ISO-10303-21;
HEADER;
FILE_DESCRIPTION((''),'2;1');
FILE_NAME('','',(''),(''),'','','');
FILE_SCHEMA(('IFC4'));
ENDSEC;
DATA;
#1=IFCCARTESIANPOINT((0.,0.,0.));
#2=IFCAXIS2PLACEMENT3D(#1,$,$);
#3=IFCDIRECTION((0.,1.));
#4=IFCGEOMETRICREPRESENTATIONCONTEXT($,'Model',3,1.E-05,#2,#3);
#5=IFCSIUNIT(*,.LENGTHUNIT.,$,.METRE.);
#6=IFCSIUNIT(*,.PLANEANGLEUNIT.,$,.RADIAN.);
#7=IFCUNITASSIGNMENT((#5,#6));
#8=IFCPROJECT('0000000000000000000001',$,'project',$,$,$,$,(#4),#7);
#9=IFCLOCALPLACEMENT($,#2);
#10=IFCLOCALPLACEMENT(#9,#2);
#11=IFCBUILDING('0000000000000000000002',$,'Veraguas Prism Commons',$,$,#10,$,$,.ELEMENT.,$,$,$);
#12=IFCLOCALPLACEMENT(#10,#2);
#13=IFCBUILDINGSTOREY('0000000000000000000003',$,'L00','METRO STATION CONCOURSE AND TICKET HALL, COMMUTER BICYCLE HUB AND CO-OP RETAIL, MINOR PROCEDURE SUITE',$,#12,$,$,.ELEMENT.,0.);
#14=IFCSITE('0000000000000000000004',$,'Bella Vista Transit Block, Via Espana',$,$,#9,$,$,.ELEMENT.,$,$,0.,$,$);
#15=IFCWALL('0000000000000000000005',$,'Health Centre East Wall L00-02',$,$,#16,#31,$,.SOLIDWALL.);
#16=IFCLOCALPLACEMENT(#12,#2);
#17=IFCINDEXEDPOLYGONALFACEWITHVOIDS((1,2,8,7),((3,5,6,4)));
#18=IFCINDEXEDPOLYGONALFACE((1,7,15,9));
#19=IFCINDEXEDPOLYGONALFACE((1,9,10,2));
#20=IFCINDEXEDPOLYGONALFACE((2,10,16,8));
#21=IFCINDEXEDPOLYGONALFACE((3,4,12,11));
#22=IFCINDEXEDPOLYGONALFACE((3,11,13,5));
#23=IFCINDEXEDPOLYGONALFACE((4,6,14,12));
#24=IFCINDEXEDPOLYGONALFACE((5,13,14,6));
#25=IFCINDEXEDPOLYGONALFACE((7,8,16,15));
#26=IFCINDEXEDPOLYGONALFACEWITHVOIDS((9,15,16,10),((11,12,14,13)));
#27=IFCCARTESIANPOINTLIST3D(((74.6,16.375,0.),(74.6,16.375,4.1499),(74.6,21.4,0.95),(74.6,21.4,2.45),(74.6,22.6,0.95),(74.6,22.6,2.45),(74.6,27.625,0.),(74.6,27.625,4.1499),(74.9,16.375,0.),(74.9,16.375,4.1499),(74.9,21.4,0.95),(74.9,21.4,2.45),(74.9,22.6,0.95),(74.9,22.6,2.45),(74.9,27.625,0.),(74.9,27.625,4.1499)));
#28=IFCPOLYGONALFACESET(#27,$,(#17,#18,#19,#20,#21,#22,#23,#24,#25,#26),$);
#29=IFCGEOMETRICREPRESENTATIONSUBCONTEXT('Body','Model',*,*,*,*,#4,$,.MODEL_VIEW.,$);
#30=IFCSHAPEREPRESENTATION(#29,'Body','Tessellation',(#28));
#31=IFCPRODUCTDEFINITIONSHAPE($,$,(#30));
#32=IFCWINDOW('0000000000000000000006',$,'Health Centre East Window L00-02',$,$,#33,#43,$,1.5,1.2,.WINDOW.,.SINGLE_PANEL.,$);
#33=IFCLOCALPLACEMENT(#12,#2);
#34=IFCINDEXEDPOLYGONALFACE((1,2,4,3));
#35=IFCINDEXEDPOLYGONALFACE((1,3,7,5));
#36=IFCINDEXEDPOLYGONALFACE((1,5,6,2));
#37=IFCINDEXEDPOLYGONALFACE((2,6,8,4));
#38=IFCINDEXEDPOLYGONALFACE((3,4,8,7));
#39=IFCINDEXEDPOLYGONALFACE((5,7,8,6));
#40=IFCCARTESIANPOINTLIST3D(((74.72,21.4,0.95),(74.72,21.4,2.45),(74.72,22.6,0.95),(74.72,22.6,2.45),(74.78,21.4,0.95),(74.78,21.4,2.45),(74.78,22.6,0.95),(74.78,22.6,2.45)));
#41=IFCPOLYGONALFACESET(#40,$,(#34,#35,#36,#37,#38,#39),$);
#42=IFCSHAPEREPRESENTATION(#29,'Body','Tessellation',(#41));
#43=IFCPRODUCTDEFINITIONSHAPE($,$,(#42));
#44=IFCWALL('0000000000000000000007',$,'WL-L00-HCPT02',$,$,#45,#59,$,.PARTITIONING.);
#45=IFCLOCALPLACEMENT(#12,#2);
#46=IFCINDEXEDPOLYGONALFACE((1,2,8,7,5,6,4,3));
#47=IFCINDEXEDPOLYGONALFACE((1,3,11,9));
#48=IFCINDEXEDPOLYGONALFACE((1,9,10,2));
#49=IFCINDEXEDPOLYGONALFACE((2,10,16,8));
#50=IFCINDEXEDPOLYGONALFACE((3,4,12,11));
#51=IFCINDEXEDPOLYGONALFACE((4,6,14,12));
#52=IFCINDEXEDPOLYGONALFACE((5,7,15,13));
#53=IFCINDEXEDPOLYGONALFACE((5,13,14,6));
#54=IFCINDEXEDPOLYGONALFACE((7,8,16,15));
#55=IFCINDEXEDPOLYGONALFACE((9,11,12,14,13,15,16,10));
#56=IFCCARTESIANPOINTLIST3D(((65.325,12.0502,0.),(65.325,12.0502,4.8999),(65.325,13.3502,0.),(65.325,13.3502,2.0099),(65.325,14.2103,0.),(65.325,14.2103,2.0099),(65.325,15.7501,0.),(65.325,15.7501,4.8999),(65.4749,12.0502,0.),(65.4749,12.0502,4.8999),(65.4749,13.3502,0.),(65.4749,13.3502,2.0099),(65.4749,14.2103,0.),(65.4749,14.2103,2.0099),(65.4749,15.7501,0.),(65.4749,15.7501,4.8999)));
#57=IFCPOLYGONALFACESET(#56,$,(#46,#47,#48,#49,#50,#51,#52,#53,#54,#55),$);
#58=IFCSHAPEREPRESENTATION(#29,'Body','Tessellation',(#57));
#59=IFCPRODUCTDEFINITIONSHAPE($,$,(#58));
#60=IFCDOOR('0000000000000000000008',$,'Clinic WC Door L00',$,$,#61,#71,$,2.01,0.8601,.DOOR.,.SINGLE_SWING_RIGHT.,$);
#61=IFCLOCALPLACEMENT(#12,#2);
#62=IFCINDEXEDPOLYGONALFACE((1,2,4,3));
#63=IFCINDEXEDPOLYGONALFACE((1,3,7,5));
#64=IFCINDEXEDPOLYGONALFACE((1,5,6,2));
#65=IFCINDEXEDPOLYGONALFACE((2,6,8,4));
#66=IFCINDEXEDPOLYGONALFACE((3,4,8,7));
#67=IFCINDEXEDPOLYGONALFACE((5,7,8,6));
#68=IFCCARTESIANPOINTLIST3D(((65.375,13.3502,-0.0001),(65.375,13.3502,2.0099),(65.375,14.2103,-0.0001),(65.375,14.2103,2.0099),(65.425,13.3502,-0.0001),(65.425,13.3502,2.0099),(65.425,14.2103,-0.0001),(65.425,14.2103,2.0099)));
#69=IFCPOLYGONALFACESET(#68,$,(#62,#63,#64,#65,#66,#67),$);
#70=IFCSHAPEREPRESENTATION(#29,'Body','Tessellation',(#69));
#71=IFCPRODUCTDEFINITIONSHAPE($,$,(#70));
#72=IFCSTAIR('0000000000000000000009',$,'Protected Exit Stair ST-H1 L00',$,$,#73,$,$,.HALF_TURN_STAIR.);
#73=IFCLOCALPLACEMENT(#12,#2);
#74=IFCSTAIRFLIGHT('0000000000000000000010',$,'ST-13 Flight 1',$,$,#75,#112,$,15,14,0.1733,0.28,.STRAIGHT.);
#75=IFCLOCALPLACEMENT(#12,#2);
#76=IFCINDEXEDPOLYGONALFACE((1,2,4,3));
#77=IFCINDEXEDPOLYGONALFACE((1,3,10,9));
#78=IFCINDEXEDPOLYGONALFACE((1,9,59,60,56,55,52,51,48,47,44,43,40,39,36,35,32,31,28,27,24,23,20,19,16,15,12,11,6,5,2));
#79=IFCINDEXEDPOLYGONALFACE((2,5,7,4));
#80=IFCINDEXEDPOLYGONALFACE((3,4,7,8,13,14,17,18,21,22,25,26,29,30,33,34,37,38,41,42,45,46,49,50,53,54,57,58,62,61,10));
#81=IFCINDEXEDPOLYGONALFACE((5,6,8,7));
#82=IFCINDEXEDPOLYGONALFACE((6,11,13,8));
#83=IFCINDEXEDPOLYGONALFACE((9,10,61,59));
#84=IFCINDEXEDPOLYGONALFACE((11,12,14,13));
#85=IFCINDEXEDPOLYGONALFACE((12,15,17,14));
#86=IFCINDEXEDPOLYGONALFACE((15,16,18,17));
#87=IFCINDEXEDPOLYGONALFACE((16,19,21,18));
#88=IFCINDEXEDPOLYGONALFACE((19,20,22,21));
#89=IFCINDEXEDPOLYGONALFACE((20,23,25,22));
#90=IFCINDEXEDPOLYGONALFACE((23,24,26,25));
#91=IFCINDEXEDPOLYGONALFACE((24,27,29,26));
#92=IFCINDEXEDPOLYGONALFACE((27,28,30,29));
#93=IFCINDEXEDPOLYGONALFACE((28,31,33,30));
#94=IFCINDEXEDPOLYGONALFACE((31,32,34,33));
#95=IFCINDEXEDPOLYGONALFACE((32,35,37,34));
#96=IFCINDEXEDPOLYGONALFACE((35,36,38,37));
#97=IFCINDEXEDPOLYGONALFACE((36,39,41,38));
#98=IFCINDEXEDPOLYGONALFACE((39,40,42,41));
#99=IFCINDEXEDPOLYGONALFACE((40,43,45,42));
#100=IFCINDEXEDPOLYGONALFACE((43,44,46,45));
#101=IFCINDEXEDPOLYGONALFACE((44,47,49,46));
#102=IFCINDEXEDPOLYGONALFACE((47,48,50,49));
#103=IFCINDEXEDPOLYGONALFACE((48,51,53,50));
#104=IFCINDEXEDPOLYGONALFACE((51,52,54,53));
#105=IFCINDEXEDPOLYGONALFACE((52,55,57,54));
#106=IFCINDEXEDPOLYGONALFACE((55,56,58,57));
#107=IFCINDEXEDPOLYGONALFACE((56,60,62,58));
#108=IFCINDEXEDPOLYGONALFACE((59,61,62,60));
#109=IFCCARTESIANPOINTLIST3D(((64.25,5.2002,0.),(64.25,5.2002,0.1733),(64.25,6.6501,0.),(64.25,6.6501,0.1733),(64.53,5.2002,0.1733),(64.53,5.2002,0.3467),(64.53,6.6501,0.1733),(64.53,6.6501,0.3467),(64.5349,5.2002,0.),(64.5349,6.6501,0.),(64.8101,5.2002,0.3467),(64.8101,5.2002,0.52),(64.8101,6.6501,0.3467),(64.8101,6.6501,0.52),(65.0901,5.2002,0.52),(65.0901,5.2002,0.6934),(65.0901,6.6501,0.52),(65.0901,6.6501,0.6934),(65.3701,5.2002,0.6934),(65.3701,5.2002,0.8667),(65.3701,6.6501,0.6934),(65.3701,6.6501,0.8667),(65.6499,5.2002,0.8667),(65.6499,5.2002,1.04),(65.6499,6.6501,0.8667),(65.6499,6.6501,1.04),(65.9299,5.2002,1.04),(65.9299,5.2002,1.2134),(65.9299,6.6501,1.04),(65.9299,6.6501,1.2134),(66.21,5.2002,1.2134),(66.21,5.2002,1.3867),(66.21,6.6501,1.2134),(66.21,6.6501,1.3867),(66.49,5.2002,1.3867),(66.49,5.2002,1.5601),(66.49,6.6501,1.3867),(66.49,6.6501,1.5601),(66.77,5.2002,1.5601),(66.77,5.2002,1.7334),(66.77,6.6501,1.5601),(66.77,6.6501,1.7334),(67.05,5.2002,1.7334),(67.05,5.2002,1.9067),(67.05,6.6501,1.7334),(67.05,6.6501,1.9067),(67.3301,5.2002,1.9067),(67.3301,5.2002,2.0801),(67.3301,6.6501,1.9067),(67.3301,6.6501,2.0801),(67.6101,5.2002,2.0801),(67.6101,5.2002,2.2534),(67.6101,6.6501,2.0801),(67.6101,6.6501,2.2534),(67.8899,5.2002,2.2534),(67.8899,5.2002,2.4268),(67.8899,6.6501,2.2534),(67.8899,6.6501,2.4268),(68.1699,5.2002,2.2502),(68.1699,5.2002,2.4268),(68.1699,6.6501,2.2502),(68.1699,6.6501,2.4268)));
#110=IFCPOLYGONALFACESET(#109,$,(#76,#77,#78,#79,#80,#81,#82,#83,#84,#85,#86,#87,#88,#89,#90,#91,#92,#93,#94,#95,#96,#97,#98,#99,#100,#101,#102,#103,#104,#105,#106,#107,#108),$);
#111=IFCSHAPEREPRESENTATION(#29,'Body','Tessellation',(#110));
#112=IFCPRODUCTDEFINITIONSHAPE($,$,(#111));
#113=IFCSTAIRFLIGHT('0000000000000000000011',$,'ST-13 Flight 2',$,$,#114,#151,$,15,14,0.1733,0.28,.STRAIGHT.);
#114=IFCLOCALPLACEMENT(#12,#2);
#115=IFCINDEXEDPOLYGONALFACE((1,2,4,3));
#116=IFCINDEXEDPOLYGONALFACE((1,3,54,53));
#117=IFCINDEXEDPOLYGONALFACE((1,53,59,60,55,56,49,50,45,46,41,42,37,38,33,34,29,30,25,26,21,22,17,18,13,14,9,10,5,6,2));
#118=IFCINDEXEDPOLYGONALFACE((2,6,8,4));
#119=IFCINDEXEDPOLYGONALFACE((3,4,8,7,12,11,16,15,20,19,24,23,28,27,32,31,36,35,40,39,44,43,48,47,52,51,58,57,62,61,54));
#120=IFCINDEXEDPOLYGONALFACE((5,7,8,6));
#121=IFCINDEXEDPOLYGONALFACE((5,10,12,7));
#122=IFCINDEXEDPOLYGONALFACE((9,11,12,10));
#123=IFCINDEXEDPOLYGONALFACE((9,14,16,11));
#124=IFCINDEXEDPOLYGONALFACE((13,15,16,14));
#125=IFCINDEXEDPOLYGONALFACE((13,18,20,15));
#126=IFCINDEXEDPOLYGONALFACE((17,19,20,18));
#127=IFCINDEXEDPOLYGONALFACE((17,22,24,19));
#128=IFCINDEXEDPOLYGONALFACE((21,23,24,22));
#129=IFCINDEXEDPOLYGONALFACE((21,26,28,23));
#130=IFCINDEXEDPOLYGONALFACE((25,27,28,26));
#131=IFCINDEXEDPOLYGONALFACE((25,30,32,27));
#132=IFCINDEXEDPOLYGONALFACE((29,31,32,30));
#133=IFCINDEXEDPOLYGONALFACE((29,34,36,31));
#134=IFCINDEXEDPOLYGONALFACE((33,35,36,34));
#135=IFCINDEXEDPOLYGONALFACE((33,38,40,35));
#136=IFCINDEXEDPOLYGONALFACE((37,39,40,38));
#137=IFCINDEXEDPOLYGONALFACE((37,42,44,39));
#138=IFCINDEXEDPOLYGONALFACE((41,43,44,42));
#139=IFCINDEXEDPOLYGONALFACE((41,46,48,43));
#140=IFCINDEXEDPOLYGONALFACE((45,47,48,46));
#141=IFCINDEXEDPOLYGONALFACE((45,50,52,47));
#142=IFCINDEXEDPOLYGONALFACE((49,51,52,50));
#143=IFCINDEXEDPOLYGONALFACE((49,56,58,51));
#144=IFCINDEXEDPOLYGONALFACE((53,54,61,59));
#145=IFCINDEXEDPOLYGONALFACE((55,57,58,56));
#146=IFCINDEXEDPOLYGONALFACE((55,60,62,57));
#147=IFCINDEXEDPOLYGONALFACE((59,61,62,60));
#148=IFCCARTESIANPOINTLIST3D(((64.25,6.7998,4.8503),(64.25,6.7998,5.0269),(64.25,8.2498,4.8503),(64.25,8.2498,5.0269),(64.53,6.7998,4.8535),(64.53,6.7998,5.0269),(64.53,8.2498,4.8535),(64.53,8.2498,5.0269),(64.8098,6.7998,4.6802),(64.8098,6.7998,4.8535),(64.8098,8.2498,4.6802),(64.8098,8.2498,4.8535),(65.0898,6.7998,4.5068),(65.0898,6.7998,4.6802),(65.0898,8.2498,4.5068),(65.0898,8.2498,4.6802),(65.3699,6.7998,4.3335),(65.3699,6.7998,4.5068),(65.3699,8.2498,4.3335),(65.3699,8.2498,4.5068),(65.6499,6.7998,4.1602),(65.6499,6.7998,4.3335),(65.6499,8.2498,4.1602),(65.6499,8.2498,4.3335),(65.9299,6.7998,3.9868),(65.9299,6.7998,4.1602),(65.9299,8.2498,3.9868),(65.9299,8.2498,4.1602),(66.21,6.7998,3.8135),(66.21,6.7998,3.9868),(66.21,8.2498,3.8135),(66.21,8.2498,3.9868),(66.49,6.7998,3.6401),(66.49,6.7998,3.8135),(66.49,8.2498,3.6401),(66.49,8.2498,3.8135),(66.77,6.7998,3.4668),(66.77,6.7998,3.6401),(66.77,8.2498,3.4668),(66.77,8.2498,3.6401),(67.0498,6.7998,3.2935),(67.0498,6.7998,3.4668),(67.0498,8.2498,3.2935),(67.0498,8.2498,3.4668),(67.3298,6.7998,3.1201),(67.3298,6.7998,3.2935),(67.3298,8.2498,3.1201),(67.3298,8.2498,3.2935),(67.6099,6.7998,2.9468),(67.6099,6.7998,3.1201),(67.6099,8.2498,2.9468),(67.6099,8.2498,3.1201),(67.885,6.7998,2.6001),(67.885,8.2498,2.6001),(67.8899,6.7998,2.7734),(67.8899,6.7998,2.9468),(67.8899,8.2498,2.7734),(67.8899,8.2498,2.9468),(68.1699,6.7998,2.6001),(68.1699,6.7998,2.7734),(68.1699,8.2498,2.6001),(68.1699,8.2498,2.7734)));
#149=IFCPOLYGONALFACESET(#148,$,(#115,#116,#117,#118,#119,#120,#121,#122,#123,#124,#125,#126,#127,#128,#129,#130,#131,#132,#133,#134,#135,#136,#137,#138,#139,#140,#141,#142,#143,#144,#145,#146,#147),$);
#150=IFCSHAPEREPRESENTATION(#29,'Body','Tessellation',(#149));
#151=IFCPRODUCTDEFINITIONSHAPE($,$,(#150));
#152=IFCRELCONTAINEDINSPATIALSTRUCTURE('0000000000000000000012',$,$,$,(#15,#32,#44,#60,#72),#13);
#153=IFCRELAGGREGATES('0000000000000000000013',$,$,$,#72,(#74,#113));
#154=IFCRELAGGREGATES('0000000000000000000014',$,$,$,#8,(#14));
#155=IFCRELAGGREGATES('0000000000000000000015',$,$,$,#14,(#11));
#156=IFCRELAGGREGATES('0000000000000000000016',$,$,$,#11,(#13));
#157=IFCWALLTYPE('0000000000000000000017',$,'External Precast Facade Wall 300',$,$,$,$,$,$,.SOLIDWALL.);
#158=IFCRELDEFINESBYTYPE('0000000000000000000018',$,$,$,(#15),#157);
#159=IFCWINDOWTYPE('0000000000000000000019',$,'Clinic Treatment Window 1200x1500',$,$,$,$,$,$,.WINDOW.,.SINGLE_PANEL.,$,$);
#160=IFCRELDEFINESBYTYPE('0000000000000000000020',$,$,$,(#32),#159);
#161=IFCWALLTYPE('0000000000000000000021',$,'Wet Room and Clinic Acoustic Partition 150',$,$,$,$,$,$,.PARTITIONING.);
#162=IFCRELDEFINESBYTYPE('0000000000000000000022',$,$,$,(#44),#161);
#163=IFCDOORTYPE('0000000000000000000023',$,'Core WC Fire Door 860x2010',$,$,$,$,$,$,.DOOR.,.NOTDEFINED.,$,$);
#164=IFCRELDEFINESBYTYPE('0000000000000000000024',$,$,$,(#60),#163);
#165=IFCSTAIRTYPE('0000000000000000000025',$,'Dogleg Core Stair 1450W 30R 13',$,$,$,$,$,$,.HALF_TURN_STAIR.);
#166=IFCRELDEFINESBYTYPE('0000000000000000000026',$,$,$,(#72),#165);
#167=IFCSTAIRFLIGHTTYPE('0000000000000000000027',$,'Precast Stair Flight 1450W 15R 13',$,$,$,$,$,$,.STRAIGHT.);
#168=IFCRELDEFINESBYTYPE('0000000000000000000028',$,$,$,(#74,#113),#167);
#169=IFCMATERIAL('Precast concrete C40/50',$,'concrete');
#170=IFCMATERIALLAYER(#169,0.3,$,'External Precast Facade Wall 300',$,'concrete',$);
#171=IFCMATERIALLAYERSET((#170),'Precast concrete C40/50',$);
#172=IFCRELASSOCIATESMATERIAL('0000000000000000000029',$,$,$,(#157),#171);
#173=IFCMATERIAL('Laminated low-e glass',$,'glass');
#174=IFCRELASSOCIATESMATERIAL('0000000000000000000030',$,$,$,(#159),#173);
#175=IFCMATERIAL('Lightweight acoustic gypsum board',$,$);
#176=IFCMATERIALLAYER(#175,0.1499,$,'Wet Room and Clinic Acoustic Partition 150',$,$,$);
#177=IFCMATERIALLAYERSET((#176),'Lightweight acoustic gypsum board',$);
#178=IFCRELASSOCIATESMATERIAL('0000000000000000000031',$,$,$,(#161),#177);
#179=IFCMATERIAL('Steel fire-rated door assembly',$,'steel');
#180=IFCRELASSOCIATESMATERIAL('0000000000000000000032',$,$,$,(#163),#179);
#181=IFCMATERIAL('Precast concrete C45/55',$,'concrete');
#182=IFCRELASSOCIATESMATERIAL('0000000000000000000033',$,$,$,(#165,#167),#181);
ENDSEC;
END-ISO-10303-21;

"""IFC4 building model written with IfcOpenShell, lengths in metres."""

from ifc_helpers import new_model, si_unit, direction, frame, frame_2d, origin, place, context, subcontext, project, spatial, polyline, rectangle, outline, extrude, source, transform, mapped, material, layer, layer_set, type_object, element, fill, aggregate, save


model = new_model("IFC4")

# Units and contexts
model_context = context("Model", 3, precision=1e-05, world=origin(), true_north=direction((0.0, 1.0)))
body_context = subcontext(model_context, "Body", "Model", "MODEL_VIEW")
ifc_project = project(units=[si_unit("LENGTHUNIT", "METRE"), si_unit("PLANEANGLEUNIT", "RADIAN")], contexts=[model_context])

# Site, building, storey
site_placement = place(None, origin())
site = spatial("IfcSite", under=ifc_project, at=site_placement, Name="Bella Vista Transit Block, Via Espana", CompositionType="ELEMENT", RefElevation=0.0)
building_placement = place(site_placement, origin())
building = spatial("IfcBuilding", under=site, at=building_placement, Name="Veraguas Prism Commons", CompositionType="ELEMENT")
storey_placement = place(building_placement, origin())
storey = spatial("IfcBuildingStorey", under=building, at=storey_placement, Name="L00", Description="METRO STATION CONCOURSE AND TICKET HALL, COMMUTER BICYCLE HUB AND CO-OP RETAIL, MINOR PROCEDURE SUITE", CompositionType="ELEMENT", Elevation=0.0)

# Shared definitions
ifc_material_1 = material(Name="Steel fire-rated door assembly", Category="steel")

# Wall, opening, window
ifc_material_2 = material(Name="Precast concrete C40/50", Category="concrete")
ifc_layer_1 = layer(ifc_material_2, 0.3, Name="External Precast Facade Wall 300", Category="concrete")
ifc_layer_set_1 = layer_set([ifc_layer_1], Name="Precast concrete C40/50")
wall_type_1 = type_object("IfcWallType", Name="External Precast Facade Wall 300", PredefinedType="SOLIDWALL", material=ifc_layer_set_1)
ifc_material_3 = material(Name="Laminated low-e glass", Category="glass")
window_type_1 = type_object("IfcWindowType", Name="Clinic Treatment Window 1200x1500", PartitioningType="SINGLE_PANEL", PredefinedType="WINDOW", material=ifc_material_3)
shared_shape_1 = source(origin(), body_context, "Body", "SweptSolid", [
    extrude(rectangle(XDim=1.2, YDim=1.5, at=frame_2d((0.6001, 0.75))), frame((0.0, 0.03, 0.0), z_axis=(0.0, -1.0, 0.0), x_axis=(1.0, 0.0, 0.0)), (0.0, 0.0, 1.0), 0.0601),
])
wall_1_placement = place(storey_placement, frame((74.75, 16.375, 0.0), z_axis=(0.0, 0.0, 1.0), x_axis=(0.0, 1.0, 0.0)))
wall_1 = element("IfcWall", 1, at=wall_1_placement, inside=storey, type_object=wall_type_1, Name="Health Centre East Wall L00-02", PredefinedType="SOLIDWALL", context=body_context, shape_type="SweptSolid", body=[
    extrude(rectangle(XDim=11.25, YDim=0.3, at=frame_2d((5.625, 0.0))), origin(), (0.0, 0.0, 1.0), 4.1499),
])
opening_1_placement = place(wall_1_placement, frame((5.0249, 0.0, 0.95)))
opening_1 = element("IfcOpeningElement", 2, at=opening_1_placement, cuts=wall_1, PredefinedType="OPENING", context=body_context, shape_type="SweptSolid", body=[
    extrude(rectangle(XDim=1.2, YDim=1.5, at=frame_2d((0.6001, 0.75))), frame((0.0, 0.1599, 0.0), z_axis=(0.0, -1.0, 0.0), x_axis=(1.0, 0.0, 0.0)), (0.0, 0.0, 1.0), 0.3201),
])
window_1_placement = place(opening_1_placement, origin())
window_1 = element("IfcWindow", 3, at=window_1_placement, inside=storey, type_object=window_type_1, Name="Health Centre East Window L00-02", OverallHeight=1.5, OverallWidth=1.2, PartitioningType="SINGLE_PANEL", PredefinedType="WINDOW", context=body_context, shape_type="MappedRepresentation", body=[
    mapped(shared_shape_1, transform((0.0, 0.0, 0.0), scale=1.0)),
])
fill(opening_1, window_1)

# Wall, opening, door
ifc_material_4 = material(Name="Lightweight acoustic gypsum board")
ifc_layer_2 = layer(ifc_material_4, 0.1499, Name="Wet Room and Clinic Acoustic Partition 150")
ifc_layer_set_2 = layer_set([ifc_layer_2], Name="Lightweight acoustic gypsum board")
wall_type_2 = type_object("IfcWallType", Name="Wet Room and Clinic Acoustic Partition 150", PredefinedType="PARTITIONING", material=ifc_layer_set_2)
wall_2_placement = place(storey_placement, frame((65.3999, 12.05, 0.0), z_axis=(0.0, 0.0, 1.0), x_axis=(0.0, 1.0, 0.0)))
wall_2 = element("IfcWall", 4, at=wall_2_placement, inside=storey, type_object=wall_type_2, Name="WL-L00-HCPT02", PredefinedType="PARTITIONING", context=body_context, shape_type="SweptSolid", body=[
    extrude(rectangle(XDim=3.7, YDim=0.1499, at=frame_2d((1.8501, 0.0))), origin(), (0.0, 0.0, 1.0), 4.8999),
])
opening_2_placement = place(wall_2_placement, frame((1.3, 0.0, 0.0)))
opening_2 = element("IfcOpeningElement", 5, at=opening_2_placement, cuts=wall_2, PredefinedType="OPENING", context=body_context, shape_type="SweptSolid", body=[
    extrude(rectangle(XDim=0.8601, YDim=2.01, at=frame_2d((0.4302, 1.0049))), frame((0.0, 0.085, 0.0), z_axis=(0.0, -1.0, 0.0), x_axis=(1.0, 0.0, 0.0)), (0.0, 0.0, 1.0), 0.1699),
])
door_type_1 = type_object("IfcDoorType", Name="Core WC Fire Door 860x2010", OperationType="NOTDEFINED", PredefinedType="DOOR", material=ifc_material_1)
shared_shape_2 = source(origin(), body_context, "Body", "SweptSolid", [
    extrude(rectangle(XDim=0.8601, YDim=2.01, at=frame_2d((0.4302, 1.0049))), frame((0.0, 0.0249, 0.0), z_axis=(0.0, -1.0, 0.0), x_axis=(1.0, 0.0, 0.0)), (0.0, 0.0, 1.0), 0.05),
])
door_1_placement = place(opening_2_placement, origin())
door_1 = element("IfcDoor", 6, at=door_1_placement, inside=storey, type_object=door_type_1, Name="Clinic WC Door L00", OperationType="SINGLE_SWING_RIGHT", OverallHeight=2.01, OverallWidth=0.8601, PredefinedType="DOOR", context=body_context, shape_type="MappedRepresentation", body=[
    mapped(shared_shape_2, transform((0.0, 0.0, 0.0), scale=1.0)),
])
fill(opening_2, door_1)

# Stair, stair flights
ifc_material_5 = material(Name="Precast concrete C45/55", Category="concrete")
stair_type = type_object("IfcStairType", Name="Dogleg Core Stair 1450W 30R 13", PredefinedType="HALF_TURN_STAIR", material=ifc_material_5)
stair_placement = place(storey_placement, origin())
stair = element("IfcStair", 7, at=stair_placement, inside=storey, type_object=stair_type, Name="Protected Exit Stair ST-H1 L00", PredefinedType="HALF_TURN_STAIR")
stair_flight_type = type_object("IfcStairFlightType", Name="Precast Stair Flight 1450W 15R 13", PredefinedType="STRAIGHT", material=ifc_material_5)
stair_flight_1_placement = place(storey_placement, frame((64.25, 5.925, 0.0), z_axis=(0.0, 0.0, 1.0), x_axis=(1.0, 0.0, 0.0)))
stair_flight_1 = element("IfcStairFlight", 8, at=stair_flight_1_placement, type_object=stair_flight_type, Name="ST-13 Flight 1", NumberOfRisers=15, NumberOfTreads=14, PredefinedType="STRAIGHT", RiserHeight=0.1733, TreadLength=0.28, context=body_context, shape_type="SweptSolid", body=[
    extrude(outline(polyline([(0.0, 0.0), (0.0, 0.1733), (0.28, 0.1733), (0.28, 0.3467), (0.5601, 0.3467), (0.5601, 0.52), (0.8401, 0.52), (0.8401, 0.6934), (1.1201, 0.6934), (1.1201, 0.8667), (1.3999, 0.8667), (1.3999, 1.04), (1.6799, 1.04), (1.6799, 1.2134), (1.96, 1.2134), (1.96, 1.3867), (2.24, 1.3867), (2.24, 1.5601), (2.52, 1.5601), (2.52, 1.7334), (2.8, 1.7334), (2.8, 1.9067), (3.0801, 1.9067), (3.0801, 2.0801), (3.3601, 2.0801), (3.3601, 2.2534), (3.6399, 2.2534), (3.6399, 2.4268), (3.9199, 2.4268), (3.9199, 2.6001), (3.9199, 2.2502), (0.2849, 0.0), (0.0, 0.0)])), frame((0.0, 0.7251, 0.0), z_axis=(0.0, -1.0, 0.0), x_axis=(1.0, 0.0, 0.0)), (0.0, 0.0, 1.0), 1.45),
])
stair_flight_2_placement = place(storey_placement, frame((68.1699, 7.5249, 2.6001), z_axis=(0.0, 0.0, 1.0), x_axis=(-1.0, 0.0, 0.0)))
stair_flight_2 = element("IfcStairFlight", 9, at=stair_flight_2_placement, type_object=stair_flight_type, Name="ST-13 Flight 2", NumberOfRisers=15, NumberOfTreads=14, PredefinedType="STRAIGHT", RiserHeight=0.1733, TreadLength=0.28, context=body_context, shape_type="SweptSolid", body=[
    extrude(outline(polyline([(0.0, 0.0), (0.0, 0.1733), (0.28, 0.1733), (0.28, 0.3467), (0.5601, 0.3467), (0.5601, 0.52), (0.8401, 0.52), (0.8401, 0.6934), (1.1201, 0.6934), (1.1201, 0.8667), (1.3999, 0.8667), (1.3999, 1.04), (1.6799, 1.04), (1.6799, 1.2134), (1.96, 1.2134), (1.96, 1.3867), (2.24, 1.3867), (2.24, 1.5601), (2.52, 1.5601), (2.52, 1.7334), (2.8, 1.7334), (2.8, 1.9067), (3.0801, 1.9067), (3.0801, 2.0801), (3.3601, 2.0801), (3.3601, 2.2534), (3.6399, 2.2534), (3.6399, 2.4268), (3.9199, 2.4268), (3.9199, 2.6001), (3.9199, 2.2502), (0.2849, 0.0), (0.0, 0.0)])), frame((0.0, 0.7251, 0.0), z_axis=(0.0, -1.0, 0.0), x_axis=(1.0, 0.0, 0.0)), (0.0, 0.0, 1.0), 1.45),
])
aggregate(stair, [stair_flight_1, stair_flight_2])

save(model, "model.ifc")
